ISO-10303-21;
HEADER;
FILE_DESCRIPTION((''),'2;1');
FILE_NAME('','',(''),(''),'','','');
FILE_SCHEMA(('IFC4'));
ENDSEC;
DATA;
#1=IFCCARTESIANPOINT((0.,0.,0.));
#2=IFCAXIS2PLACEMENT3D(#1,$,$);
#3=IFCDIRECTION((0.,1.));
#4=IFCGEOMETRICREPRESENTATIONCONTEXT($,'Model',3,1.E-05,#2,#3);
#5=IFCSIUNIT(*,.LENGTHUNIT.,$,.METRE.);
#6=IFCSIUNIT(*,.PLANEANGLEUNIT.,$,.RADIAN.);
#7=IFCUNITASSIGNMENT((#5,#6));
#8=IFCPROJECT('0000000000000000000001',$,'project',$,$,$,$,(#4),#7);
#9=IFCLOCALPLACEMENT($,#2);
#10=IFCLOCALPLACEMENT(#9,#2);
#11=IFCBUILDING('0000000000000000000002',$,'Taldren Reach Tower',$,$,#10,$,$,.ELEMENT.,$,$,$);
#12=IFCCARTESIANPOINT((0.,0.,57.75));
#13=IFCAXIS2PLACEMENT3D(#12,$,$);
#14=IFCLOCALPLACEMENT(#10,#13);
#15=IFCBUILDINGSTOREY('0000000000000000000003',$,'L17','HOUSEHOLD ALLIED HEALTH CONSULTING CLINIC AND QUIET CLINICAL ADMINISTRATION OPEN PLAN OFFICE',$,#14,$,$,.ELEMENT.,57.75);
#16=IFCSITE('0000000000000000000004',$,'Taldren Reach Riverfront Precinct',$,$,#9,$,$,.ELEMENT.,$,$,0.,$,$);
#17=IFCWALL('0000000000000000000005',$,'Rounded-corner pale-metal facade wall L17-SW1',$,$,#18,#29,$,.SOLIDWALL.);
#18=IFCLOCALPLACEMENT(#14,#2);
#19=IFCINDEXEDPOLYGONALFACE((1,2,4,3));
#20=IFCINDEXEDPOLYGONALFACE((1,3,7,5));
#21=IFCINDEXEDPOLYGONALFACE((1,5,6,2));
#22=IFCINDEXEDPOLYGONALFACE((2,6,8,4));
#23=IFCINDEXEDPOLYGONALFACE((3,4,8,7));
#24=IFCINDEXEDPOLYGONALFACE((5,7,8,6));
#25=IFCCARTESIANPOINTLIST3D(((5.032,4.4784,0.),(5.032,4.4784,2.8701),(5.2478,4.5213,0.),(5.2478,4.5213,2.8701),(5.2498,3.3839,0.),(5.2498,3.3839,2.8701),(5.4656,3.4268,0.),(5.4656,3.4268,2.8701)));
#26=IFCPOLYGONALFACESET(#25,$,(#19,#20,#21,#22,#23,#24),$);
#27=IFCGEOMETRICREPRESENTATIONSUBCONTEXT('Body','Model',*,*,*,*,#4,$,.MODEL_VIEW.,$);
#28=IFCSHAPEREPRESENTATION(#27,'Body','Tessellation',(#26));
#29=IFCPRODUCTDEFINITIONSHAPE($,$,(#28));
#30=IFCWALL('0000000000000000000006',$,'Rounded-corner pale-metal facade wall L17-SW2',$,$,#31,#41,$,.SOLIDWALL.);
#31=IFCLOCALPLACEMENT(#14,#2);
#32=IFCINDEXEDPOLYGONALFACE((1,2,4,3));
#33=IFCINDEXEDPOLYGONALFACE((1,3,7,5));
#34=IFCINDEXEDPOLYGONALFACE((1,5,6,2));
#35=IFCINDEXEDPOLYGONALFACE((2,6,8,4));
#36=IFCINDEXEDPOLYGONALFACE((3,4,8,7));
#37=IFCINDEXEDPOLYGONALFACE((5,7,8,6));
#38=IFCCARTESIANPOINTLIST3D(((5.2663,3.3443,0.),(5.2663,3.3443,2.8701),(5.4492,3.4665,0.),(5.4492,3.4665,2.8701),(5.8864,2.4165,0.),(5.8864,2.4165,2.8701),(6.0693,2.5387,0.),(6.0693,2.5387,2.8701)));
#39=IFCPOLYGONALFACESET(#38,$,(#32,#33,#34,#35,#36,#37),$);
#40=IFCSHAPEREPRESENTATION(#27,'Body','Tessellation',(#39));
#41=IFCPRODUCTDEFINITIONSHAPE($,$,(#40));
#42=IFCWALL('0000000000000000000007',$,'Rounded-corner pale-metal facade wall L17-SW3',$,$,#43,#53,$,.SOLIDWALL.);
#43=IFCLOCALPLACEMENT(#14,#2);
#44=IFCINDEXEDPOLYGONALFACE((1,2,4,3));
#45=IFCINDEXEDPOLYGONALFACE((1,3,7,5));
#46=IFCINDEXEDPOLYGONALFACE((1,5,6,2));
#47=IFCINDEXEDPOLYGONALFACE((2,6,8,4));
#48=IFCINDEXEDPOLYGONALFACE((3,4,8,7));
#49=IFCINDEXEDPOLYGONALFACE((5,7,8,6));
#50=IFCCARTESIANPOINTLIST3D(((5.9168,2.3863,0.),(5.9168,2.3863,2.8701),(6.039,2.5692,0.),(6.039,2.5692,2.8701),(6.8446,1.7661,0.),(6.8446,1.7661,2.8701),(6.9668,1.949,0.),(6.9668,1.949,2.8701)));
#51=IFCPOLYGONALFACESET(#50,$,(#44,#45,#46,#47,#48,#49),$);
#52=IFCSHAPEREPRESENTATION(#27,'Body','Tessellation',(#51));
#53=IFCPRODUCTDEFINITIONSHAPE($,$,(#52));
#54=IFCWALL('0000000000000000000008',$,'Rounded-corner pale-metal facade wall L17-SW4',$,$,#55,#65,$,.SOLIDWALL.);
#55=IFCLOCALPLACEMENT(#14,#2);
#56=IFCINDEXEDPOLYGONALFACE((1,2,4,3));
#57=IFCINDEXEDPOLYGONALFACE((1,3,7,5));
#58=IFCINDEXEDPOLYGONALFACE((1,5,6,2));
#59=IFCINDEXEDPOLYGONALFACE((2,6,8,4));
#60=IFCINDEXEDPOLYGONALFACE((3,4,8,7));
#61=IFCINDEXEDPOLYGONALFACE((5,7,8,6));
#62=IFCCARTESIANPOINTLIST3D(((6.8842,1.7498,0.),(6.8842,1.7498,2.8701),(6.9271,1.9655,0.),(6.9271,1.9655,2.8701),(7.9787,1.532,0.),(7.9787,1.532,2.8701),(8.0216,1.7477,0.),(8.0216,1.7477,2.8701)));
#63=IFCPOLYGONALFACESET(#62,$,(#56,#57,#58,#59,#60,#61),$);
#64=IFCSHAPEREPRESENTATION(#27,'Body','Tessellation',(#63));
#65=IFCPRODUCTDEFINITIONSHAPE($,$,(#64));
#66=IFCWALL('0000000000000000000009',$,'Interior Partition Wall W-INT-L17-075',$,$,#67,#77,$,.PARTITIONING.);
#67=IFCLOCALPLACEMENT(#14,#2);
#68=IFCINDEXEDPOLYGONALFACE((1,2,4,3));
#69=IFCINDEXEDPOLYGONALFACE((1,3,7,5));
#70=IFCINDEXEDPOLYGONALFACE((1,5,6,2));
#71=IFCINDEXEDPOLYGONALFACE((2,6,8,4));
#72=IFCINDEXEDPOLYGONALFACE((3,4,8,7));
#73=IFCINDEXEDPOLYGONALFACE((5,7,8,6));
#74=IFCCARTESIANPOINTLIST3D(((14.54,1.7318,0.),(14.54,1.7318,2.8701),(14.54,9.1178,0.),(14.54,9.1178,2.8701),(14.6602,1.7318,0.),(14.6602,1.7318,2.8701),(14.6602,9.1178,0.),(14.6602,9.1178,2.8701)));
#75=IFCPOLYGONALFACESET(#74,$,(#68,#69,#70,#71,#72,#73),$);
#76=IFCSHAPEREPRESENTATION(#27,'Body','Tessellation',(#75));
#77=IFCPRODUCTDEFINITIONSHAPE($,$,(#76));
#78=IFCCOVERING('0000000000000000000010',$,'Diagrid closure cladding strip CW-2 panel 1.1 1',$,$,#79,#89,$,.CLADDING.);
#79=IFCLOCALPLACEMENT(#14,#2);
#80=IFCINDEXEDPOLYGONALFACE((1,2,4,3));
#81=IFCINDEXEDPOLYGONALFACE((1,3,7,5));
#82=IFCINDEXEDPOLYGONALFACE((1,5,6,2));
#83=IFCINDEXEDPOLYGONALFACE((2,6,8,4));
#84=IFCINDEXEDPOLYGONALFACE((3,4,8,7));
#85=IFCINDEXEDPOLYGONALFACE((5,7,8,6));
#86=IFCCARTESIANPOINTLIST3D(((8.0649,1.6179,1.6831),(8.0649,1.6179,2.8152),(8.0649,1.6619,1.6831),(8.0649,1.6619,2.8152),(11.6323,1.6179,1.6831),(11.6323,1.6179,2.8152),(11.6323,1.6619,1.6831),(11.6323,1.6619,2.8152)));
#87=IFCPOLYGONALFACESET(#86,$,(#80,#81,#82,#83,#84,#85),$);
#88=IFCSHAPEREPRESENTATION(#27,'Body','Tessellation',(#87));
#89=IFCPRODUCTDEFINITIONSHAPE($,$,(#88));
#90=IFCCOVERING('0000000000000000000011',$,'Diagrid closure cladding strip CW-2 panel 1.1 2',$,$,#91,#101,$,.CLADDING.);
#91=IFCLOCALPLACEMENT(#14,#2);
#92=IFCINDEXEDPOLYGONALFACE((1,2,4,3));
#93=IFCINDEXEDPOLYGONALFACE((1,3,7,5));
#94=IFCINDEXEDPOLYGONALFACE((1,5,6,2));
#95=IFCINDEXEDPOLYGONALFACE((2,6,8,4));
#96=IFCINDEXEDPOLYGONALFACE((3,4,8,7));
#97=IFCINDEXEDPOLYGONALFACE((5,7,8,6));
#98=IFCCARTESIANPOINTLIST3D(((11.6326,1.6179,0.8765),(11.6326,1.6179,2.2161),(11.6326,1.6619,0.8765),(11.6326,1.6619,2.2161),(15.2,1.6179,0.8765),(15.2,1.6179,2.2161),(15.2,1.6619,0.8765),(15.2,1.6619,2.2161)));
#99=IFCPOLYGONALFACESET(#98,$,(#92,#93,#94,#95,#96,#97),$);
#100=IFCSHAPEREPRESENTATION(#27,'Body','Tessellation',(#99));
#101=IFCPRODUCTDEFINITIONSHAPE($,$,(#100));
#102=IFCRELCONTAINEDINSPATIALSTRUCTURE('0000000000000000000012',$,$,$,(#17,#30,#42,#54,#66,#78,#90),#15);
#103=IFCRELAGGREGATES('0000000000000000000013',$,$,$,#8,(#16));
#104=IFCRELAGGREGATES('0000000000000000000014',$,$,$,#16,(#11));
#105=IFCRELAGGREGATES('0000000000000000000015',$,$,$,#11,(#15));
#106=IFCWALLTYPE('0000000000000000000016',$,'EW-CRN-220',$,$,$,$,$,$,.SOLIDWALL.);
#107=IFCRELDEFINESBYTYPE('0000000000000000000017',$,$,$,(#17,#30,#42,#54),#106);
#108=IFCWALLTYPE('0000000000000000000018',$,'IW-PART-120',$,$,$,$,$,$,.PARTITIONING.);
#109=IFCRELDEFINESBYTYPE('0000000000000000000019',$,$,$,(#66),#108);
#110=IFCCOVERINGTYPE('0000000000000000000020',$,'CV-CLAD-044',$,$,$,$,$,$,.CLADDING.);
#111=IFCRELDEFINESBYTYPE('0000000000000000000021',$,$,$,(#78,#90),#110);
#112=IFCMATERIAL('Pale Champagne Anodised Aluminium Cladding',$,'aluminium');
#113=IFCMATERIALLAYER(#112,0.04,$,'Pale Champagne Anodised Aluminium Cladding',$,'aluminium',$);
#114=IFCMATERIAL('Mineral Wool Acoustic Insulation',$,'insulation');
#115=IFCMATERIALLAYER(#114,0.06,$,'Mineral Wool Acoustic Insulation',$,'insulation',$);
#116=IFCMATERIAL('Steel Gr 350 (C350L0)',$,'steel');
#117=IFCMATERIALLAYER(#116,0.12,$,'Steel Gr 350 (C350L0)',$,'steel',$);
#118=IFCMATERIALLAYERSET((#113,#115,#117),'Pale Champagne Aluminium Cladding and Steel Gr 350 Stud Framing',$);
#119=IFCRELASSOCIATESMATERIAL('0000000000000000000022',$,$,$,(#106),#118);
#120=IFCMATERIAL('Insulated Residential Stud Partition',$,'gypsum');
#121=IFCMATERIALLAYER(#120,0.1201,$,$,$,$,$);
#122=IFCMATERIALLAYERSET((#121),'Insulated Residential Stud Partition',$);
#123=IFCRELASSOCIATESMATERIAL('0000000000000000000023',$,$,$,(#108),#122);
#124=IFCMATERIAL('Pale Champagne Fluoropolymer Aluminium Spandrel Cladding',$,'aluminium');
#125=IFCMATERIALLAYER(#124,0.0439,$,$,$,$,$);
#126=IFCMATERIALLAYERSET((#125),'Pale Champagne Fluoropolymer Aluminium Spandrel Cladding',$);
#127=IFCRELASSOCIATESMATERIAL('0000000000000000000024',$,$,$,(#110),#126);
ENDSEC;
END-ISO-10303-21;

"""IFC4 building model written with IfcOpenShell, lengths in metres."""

from ifc_helpers import new_model, si_unit, direction, frame, frame_2d, origin, origin_2d, place, context, subcontext, project, spatial, rectangle, extrude, source, transform, mapped, material, layer, layer_set, type_object, element, save


model = new_model("IFC4")

# Units and contexts
model_context = context("Model", 3, precision=1e-05, world=origin(), true_north=direction((0.0, 1.0)))
body_context = subcontext(model_context, "Body", "Model", "MODEL_VIEW")
ifc_project = project(units=[si_unit("LENGTHUNIT", "METRE"), si_unit("PLANEANGLEUNIT", "RADIAN")], contexts=[model_context])

# Site, building, storey
site_placement = place(None, origin())
site = spatial("IfcSite", under=ifc_project, at=site_placement, Name="Taldren Reach Riverfront Precinct", CompositionType="ELEMENT", RefElevation=0.0)
building_placement = place(site_placement, origin())
building = spatial("IfcBuilding", under=site, at=building_placement, Name="Taldren Reach Tower", CompositionType="ELEMENT")
storey_placement = place(building_placement, frame((0.0, 0.0, 57.75)))
storey = spatial("IfcBuildingStorey", under=building, at=storey_placement, Name="L17", Description="HOUSEHOLD ALLIED HEALTH CONSULTING CLINIC AND QUIET CLINICAL ADMINISTRATION OPEN PLAN OFFICE", CompositionType="ELEMENT", Elevation=57.75)

# Shared definitions
ifc_material_1 = material(Name="Steel Gr 350 (C350L0)", Category="steel")

# Walls
ifc_material_2 = material(Name="Pale Champagne Anodised Aluminium Cladding", Category="aluminium")
ifc_layer_1 = layer(ifc_material_2, 0.04, Name="Pale Champagne Anodised Aluminium Cladding", Category="aluminium")
ifc_material_3 = material(Name="Mineral Wool Acoustic Insulation", Category="insulation")
ifc_layer_2 = layer(ifc_material_3, 0.06, Name="Mineral Wool Acoustic Insulation", Category="insulation")
ifc_layer_3 = layer(ifc_material_1, 0.12, Name="Steel Gr 350 (C350L0)", Category="steel")
ifc_layer_set_1 = layer_set([ifc_layer_1, ifc_layer_2, ifc_layer_3], Name="Pale Champagne Aluminium Cladding and Steel Gr 350 Stud Framing")
wall_type_1 = type_object("IfcWallType", Name="EW-CRN-220", PredefinedType="SOLIDWALL", material=ifc_layer_set_1)
shared_shape_1 = source(origin(), body_context, "Body", "SweptSolid", [
    extrude(rectangle(XDim=1.116, YDim=0.22, at=frame_2d((0.5581, 0.0))), origin(), (0.0, 0.0, 1.0), 2.8701),
])
for number, where, z_axis, x_axis, name in (
    (1, (5.1399, 4.5, 0.0), (0.0, 0.0, 1.0), (0.195148, -0.980774, 0.0), "Rounded-corner pale-metal facade wall L17-SW1"),
    (2, (5.3577, 3.4055, 0.0), (0.0, 0.0, 1.0), (0.55571, -0.831377, 0.0), "Rounded-corner pale-metal facade wall L17-SW2"),
    (3, (5.9778, 2.4778, 0.0), (0.0, 0.0, 1.0), (0.831377, -0.55571, 0.0), "Rounded-corner pale-metal facade wall L17-SW3"),
    (4, (6.9055, 1.8577, 0.0), (0.0, 0.0, 1.0), (0.980774, -0.195148, 0.0), "Rounded-corner pale-metal facade wall L17-SW4"),
):
    element("IfcWall", number, at=place(storey_placement, frame(where, z_axis=z_axis, x_axis=x_axis)), inside=storey, type_object=wall_type_1, Name=name, PredefinedType="SOLIDWALL", context=body_context, shape_type="MappedRepresentation", body=[
        mapped(shared_shape_1, transform((0.0, 0.0, 0.0), scale=1.0)),
    ])
ifc_material_4 = material(Name="Insulated Residential Stud Partition", Category="gypsum")
ifc_layer_4 = layer(ifc_material_4, 0.1201)
ifc_layer_set_2 = layer_set([ifc_layer_4], Name="Insulated Residential Stud Partition")
wall_type_2 = type_object("IfcWallType", Name="IW-PART-120", PredefinedType="PARTITIONING", material=ifc_layer_set_2)
shared_shape_2 = source(origin(), body_context, "Body", "SweptSolid", [
    extrude(rectangle(XDim=7.386, YDim=0.1201, at=frame_2d((3.6929, 0.0))), origin(), (0.0, 0.0, 1.0), 2.8701),
])
wall_placement = place(storey_placement, frame((14.6001, 1.7319, 0.0), z_axis=(0.0, 0.0, 1.0), x_axis=(0.0, 1.0, 0.0)))
element("IfcWall", 5, at=wall_placement, inside=storey, type_object=wall_type_2, Name="Interior Partition Wall W-INT-L17-075", PredefinedType="PARTITIONING", context=body_context, shape_type="MappedRepresentation", body=[
    mapped(shared_shape_2, transform((0.0, 0.0, 0.0), scale=1.0)),
])

# Coverings
ifc_material_5 = material(Name="Pale Champagne Fluoropolymer Aluminium Spandrel Cladding", Category="aluminium")
ifc_layer_5 = layer(ifc_material_5, 0.0439)
ifc_layer_set_3 = layer_set([ifc_layer_5], Name="Pale Champagne Fluoropolymer Aluminium Spandrel Cladding")
covering_type = type_object("IfcCoveringType", Name="CV-CLAD-044", PredefinedType="CLADDING", material=ifc_layer_set_3)
shared_shape_3 = source(origin(), body_context, "Body", "SweptSolid", [
    extrude(rectangle(XDim=3.5674, YDim=0.0439, at=origin_2d()), origin(), (0.0, 0.0, 1.0), 1.1321),
])
covering_1_placement = place(storey_placement, frame((9.8486, 1.6399, 1.6831), z_axis=(0.0, 0.0, 1.0), x_axis=(1.0, 0.0, 0.0)))
element("IfcCovering", 6, at=covering_1_placement, inside=storey, type_object=covering_type, Name="Diagrid closure cladding strip CW-2 panel 1.1 1", PredefinedType="CLADDING", context=body_context, shape_type="MappedRepresentation", body=[
    mapped(shared_shape_3, transform((0.0, 0.0, 0.0), scale=1.0)),
])
shared_shape_4 = source(origin(), body_context, "Body", "SweptSolid", [
    extrude(rectangle(XDim=3.5674, YDim=0.0439, at=origin_2d()), origin(), (0.0, 0.0, 1.0), 1.3396),
])
covering_2_placement = place(storey_placement, frame((13.4163, 1.6399, 0.8765), z_axis=(0.0, 0.0, 1.0), x_axis=(1.0, 0.0, 0.0)))
element("IfcCovering", 7, at=covering_2_placement, inside=storey, type_object=covering_type, Name="Diagrid closure cladding strip CW-2 panel 1.1 2", PredefinedType="CLADDING", context=body_context, shape_type="MappedRepresentation", body=[
    mapped(shared_shape_4, transform((0.0, 0.0, 0.0), scale=1.0)),
])

save(model, "model.ifc")
